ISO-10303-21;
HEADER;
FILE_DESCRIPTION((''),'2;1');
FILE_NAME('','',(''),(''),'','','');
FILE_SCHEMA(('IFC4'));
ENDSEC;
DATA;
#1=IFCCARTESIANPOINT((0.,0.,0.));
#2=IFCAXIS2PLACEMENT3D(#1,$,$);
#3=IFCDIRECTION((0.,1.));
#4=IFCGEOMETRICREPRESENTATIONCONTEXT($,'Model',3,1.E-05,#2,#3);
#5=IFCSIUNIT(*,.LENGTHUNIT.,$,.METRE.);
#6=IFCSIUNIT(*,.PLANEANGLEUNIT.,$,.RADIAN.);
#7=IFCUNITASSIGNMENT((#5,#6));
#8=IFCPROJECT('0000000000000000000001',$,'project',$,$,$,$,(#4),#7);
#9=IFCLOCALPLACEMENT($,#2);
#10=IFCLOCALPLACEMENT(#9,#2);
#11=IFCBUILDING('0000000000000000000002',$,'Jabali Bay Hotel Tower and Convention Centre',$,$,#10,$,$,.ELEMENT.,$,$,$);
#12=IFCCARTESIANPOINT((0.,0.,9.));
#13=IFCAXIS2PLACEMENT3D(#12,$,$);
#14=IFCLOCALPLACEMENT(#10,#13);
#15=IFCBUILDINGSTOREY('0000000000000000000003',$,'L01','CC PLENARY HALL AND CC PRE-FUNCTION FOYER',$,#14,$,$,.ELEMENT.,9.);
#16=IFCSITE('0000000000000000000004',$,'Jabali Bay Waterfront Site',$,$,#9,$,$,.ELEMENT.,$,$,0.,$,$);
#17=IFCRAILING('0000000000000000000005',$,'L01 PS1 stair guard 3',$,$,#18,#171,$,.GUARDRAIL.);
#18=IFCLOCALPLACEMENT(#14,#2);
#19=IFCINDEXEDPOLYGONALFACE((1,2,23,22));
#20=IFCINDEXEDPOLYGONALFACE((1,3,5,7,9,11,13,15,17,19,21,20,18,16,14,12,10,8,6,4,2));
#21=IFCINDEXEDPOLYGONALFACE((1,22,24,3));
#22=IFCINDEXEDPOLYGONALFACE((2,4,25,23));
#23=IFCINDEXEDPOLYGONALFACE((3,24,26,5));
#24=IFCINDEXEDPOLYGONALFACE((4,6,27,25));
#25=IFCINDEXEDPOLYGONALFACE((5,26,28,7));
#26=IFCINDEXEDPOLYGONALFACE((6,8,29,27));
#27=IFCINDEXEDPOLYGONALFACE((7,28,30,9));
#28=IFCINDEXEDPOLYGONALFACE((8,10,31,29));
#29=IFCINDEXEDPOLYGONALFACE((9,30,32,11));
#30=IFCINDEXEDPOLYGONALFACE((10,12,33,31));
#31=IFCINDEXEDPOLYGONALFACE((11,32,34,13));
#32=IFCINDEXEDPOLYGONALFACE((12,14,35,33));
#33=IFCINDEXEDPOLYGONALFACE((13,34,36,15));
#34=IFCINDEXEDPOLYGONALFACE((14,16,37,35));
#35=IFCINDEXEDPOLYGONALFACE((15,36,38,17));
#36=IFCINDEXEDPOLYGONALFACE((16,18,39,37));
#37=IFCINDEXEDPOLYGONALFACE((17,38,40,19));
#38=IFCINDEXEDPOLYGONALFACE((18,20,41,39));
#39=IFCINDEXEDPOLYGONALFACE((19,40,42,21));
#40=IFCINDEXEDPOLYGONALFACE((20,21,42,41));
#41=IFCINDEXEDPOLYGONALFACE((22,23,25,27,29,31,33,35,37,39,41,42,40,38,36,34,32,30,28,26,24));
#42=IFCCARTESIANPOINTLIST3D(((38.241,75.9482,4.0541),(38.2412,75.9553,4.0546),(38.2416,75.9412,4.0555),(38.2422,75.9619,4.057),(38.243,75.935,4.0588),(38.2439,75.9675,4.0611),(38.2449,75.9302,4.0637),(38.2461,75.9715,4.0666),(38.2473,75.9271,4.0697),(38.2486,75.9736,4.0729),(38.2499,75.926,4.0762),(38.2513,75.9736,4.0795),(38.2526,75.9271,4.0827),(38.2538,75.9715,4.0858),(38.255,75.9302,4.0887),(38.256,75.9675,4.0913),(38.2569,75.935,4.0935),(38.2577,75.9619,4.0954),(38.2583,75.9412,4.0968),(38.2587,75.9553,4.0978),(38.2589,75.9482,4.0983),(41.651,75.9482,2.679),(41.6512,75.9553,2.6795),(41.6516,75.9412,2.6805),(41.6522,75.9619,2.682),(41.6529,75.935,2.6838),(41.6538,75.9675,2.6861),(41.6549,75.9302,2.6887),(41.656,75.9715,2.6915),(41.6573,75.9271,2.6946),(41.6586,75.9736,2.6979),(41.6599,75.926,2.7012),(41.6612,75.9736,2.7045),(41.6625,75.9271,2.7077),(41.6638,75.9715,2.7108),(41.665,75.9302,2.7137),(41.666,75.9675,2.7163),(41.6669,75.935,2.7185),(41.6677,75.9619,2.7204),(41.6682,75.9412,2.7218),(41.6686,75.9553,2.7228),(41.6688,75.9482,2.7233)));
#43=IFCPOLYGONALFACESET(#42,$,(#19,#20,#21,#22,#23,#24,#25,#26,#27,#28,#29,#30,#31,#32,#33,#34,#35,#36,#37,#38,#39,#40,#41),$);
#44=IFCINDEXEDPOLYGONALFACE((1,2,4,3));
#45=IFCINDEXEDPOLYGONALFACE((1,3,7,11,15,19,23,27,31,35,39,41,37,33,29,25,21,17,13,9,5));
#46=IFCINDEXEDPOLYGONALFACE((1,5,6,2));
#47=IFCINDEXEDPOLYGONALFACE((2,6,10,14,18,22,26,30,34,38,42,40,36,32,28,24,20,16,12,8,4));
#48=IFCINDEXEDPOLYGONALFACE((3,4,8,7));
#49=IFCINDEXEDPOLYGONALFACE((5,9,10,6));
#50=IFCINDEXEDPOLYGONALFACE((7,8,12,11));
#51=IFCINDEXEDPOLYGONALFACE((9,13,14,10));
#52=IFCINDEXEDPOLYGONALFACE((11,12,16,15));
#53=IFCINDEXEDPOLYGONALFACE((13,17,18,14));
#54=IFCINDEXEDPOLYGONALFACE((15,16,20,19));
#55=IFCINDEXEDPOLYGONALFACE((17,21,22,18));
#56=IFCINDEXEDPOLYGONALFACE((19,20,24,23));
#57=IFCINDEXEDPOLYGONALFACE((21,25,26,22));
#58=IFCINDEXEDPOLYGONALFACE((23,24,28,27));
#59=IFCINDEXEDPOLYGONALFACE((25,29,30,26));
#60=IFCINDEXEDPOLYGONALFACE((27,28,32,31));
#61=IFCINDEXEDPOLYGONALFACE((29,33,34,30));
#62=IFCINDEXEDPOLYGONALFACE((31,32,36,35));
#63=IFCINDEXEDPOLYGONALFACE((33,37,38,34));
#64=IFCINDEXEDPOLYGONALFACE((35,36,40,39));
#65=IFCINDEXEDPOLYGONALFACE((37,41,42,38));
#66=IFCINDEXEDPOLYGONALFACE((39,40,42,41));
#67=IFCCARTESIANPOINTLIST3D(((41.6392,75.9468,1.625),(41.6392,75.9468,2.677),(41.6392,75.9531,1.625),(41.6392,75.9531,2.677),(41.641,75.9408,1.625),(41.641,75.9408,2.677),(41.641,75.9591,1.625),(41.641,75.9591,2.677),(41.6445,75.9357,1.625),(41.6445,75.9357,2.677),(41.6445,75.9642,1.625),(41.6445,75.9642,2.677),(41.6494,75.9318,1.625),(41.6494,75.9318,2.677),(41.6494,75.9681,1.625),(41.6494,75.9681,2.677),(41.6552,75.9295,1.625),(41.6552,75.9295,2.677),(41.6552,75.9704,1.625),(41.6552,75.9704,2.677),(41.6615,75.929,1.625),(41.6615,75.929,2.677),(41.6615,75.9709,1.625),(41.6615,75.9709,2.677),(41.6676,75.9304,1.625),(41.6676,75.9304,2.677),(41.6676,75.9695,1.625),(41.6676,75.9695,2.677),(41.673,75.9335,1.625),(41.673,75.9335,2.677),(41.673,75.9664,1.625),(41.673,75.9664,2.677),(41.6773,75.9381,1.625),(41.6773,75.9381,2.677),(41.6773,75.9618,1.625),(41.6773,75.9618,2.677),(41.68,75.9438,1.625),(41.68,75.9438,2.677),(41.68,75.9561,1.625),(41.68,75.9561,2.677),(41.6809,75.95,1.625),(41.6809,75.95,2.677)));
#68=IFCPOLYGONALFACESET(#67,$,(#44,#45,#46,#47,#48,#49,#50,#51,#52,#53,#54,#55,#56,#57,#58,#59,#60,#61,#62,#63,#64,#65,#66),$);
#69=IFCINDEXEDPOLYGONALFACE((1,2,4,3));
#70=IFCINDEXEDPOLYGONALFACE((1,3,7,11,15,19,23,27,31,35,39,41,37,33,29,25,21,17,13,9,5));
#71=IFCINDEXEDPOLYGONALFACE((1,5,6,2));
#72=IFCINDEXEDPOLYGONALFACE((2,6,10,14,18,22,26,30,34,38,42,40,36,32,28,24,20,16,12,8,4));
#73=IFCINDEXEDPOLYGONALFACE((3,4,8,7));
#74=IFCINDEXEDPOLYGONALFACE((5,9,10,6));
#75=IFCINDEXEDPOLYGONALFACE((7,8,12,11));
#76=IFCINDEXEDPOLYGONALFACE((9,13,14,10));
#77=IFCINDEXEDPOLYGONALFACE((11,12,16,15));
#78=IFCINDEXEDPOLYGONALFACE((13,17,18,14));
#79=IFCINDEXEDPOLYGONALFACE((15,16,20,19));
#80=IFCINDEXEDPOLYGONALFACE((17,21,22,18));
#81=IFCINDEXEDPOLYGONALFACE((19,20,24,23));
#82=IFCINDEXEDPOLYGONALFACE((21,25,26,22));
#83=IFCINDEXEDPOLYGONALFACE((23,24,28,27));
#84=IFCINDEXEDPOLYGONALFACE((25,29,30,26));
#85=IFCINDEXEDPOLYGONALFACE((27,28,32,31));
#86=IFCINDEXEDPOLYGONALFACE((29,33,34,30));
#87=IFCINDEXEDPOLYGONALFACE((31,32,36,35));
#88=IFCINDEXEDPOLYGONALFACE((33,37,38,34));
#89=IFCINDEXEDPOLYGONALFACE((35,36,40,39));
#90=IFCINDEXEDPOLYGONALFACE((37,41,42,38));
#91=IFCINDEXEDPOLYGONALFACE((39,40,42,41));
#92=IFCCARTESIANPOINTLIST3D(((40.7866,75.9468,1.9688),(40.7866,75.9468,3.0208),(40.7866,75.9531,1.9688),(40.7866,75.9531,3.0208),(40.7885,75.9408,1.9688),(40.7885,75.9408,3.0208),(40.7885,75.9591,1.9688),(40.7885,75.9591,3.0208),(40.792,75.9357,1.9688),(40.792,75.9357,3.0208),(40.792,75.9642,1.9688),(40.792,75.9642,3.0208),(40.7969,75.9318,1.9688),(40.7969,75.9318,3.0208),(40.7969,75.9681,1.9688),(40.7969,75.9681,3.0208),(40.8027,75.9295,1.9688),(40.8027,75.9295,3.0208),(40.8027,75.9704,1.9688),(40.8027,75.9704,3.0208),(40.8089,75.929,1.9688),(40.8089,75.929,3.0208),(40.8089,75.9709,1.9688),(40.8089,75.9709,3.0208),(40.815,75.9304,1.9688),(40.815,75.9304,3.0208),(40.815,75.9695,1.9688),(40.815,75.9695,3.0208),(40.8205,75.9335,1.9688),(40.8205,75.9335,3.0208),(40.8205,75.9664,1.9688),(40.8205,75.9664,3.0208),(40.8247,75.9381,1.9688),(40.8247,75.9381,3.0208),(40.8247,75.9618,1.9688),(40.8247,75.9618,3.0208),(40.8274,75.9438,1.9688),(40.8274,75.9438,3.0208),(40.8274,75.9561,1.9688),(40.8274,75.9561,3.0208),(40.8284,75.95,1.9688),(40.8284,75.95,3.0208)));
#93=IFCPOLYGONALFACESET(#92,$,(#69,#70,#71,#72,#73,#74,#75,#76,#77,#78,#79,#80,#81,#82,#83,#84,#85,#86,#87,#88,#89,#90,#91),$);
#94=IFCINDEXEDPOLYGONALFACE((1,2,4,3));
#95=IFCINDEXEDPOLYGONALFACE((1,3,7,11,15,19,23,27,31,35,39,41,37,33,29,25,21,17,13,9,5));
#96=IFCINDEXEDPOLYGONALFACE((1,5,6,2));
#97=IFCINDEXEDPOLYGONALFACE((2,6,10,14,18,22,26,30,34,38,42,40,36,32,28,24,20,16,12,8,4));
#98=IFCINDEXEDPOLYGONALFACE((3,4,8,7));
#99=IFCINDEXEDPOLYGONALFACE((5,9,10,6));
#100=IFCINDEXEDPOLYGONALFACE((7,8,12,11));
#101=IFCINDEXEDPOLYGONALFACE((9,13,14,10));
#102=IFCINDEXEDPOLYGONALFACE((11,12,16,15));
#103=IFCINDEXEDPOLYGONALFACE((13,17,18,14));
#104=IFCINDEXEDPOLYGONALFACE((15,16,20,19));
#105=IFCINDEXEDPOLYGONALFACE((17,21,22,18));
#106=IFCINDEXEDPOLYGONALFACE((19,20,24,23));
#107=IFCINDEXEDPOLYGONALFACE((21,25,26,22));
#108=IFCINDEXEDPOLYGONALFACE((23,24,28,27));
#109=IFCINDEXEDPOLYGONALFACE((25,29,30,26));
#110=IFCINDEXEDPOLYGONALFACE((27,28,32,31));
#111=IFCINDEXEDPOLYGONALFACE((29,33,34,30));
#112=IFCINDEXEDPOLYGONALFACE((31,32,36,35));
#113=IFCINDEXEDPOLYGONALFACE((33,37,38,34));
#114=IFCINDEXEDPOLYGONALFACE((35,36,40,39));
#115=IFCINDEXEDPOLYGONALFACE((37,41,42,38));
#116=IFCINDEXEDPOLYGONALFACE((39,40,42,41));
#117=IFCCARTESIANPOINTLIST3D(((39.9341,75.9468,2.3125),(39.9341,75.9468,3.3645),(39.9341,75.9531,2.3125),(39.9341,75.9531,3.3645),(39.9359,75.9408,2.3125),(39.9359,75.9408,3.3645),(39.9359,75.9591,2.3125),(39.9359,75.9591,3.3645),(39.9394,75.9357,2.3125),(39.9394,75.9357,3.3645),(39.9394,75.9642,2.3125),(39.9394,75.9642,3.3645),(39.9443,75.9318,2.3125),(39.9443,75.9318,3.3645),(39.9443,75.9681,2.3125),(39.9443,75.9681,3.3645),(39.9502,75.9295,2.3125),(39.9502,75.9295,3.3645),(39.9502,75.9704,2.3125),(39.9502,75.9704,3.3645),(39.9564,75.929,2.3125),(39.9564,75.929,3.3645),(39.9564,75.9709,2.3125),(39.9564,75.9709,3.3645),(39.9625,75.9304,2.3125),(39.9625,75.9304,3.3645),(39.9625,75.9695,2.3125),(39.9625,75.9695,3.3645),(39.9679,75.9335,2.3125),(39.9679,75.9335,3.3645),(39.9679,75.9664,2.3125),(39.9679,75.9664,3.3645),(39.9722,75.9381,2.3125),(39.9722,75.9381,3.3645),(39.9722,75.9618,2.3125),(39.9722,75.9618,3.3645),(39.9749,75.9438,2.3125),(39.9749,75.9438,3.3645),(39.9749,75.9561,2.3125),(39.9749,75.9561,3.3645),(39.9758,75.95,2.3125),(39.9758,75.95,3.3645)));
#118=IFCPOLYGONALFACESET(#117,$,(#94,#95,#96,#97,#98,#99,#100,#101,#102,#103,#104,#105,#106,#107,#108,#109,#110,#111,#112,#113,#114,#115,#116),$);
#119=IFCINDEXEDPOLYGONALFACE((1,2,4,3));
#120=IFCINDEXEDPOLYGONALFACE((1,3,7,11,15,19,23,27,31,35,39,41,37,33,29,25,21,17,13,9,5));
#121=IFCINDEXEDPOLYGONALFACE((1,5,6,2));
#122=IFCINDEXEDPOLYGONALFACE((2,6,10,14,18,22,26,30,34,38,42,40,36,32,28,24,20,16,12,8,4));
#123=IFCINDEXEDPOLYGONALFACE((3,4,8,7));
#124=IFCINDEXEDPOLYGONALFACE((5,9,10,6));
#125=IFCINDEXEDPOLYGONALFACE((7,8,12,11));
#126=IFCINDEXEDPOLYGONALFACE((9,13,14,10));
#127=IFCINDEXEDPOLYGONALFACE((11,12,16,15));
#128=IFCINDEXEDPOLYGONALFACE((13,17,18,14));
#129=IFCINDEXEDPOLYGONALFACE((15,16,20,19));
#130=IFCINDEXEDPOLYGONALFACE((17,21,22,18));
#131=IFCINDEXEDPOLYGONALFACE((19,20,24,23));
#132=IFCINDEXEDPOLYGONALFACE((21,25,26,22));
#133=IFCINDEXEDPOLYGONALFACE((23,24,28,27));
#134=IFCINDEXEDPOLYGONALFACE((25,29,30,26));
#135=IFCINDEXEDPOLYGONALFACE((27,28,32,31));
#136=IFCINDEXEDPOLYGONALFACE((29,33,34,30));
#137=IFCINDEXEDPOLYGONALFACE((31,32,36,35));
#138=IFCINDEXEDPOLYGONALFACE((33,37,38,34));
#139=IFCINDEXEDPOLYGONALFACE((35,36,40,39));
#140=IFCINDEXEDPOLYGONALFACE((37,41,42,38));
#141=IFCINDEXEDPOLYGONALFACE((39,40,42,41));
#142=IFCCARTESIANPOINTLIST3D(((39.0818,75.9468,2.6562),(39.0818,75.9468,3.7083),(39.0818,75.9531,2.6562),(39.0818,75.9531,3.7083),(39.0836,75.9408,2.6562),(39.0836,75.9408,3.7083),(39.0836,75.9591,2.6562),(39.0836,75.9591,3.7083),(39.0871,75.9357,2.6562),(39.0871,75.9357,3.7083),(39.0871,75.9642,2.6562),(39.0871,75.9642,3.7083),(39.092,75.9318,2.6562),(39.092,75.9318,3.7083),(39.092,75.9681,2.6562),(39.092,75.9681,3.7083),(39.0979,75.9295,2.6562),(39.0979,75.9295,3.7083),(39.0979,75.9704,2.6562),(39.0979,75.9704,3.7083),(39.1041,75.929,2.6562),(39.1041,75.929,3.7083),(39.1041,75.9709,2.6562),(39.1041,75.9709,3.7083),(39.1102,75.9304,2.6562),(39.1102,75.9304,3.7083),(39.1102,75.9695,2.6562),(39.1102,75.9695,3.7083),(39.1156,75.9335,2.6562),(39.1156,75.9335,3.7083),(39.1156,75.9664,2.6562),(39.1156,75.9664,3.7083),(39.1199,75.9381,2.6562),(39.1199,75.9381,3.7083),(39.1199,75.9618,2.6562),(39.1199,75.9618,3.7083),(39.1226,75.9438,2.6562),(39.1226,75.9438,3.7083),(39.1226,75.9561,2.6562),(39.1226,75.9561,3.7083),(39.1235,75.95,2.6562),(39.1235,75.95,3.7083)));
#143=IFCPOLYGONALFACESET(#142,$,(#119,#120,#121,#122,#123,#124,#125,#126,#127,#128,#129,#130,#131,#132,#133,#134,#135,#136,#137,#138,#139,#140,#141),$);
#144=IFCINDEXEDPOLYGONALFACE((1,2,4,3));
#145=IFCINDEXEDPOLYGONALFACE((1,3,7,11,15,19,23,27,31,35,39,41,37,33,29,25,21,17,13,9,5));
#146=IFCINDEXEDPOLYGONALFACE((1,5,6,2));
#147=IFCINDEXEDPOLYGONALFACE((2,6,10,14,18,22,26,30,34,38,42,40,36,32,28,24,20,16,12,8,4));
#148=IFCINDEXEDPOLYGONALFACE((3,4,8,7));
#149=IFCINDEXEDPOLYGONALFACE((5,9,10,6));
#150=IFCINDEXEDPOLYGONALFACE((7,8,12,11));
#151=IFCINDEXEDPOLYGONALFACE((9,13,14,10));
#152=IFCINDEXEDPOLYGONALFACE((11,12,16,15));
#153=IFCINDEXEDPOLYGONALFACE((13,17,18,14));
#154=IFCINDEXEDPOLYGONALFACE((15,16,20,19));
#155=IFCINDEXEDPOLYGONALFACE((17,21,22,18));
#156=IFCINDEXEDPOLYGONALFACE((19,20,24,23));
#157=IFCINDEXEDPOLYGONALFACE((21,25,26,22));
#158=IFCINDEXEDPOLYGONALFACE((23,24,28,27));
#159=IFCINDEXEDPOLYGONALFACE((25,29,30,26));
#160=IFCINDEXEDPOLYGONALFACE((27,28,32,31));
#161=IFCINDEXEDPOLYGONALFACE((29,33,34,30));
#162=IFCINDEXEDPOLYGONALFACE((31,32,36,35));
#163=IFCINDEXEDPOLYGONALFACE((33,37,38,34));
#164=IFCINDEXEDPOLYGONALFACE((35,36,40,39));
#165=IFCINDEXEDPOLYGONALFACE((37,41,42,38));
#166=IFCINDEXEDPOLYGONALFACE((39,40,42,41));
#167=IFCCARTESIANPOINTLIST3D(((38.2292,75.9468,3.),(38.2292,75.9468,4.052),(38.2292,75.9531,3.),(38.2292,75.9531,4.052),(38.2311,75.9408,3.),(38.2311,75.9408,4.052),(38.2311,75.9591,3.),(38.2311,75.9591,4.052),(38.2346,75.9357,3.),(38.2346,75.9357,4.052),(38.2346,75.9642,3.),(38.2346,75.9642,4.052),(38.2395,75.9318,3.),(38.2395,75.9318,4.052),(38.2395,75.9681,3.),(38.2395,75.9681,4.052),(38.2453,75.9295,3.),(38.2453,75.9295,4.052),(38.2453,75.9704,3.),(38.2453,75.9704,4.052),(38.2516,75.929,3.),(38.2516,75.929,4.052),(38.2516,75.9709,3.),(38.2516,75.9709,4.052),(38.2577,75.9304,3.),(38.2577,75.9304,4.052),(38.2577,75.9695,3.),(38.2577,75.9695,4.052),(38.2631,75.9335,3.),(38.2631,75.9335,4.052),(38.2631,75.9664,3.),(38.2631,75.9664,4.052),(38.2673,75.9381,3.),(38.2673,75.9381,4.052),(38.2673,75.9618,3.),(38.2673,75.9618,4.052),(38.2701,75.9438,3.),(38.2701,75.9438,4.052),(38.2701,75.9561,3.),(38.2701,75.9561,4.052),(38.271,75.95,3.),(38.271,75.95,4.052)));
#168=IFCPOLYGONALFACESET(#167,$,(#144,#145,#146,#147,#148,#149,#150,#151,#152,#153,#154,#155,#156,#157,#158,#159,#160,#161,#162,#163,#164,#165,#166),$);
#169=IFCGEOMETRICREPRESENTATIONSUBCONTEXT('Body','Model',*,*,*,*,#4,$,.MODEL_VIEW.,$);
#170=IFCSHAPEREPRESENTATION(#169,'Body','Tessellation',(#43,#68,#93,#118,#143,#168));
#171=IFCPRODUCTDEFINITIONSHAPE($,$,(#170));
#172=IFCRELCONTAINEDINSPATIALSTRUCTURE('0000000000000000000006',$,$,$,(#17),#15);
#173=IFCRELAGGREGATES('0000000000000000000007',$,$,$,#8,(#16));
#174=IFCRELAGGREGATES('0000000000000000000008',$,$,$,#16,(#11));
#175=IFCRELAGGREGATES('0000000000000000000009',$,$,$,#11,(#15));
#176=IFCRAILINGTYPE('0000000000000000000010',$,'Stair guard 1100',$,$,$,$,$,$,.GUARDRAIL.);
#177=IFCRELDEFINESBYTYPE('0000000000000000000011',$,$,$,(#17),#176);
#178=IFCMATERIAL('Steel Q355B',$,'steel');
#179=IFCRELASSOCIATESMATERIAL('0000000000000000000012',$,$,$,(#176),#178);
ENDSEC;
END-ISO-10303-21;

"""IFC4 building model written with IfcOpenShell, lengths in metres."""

from ifc_helpers import new_model, si_unit, direction, frame, origin, origin_2d, place, context, subcontext, project, spatial, circle, extrude, material, type_object, element, save


model = new_model("IFC4")

# Units and contexts
model_context = context("Model", 3, precision=1e-05, world=origin(), true_north=direction((0.0, 1.0)))
body_context = subcontext(model_context, "Body", "Model", "MODEL_VIEW")
ifc_project = project(units=[si_unit("LENGTHUNIT", "METRE"), si_unit("PLANEANGLEUNIT", "RADIAN")], contexts=[model_context])

# Site, building, storey
site_placement = place(None, origin())
site = spatial("IfcSite", under=ifc_project, at=site_placement, Name="Jabali Bay Waterfront Site", CompositionType="ELEMENT", RefElevation=0.0)
building_placement = place(site_placement, origin())
building = spatial("IfcBuilding", under=site, at=building_placement, Name="Jabali Bay Hotel Tower and Convention Centre", CompositionType="ELEMENT")
storey_placement = place(building_placement, frame((0.0, 0.0, 9.0)))
storey = spatial("IfcBuildingStorey", under=building, at=storey_placement, Name="L01", Description="CC PLENARY HALL AND CC PRE-FUNCTION FOYER", CompositionType="ELEMENT", Elevation=9.0)

# Railing
ifc_material_1 = material(Name="Steel Q355B", Category="steel")
railing_type_1 = type_object("IfcRailingType", Name="Stair guard 1100", PredefinedType="GUARDRAIL", material=ifc_material_1)
railing_1_placement = place(storey_placement, frame((41.6599, 75.95, 1.625)))
element("IfcRailing", 1, at=railing_1_placement, inside=storey, type_object=railing_type_1, Name="L01 PS1 stair guard 3", PredefinedType="GUARDRAIL", context=body_context, shape_type="SweptSolid", body=[
    extrude(circle(Radius=0.0239, at=origin_2d()), frame((0.0, 0.0, 1.0762), z_axis=(-0.927438, 0.0, 0.373977), x_axis=(0.0, -1.0, 0.0)), (0.0, 0.0, 1.0), 3.6768),
    extrude(circle(Radius=0.021, at=origin_2d()), origin(), (0.0, 0.0, 1.0), 1.052),
    extrude(circle(Radius=0.021, at=origin_2d()), frame((-0.8525, 0.0, 0.3438)), (0.0, 0.0, 1.0), 1.052),
    extrude(circle(Radius=0.021, at=origin_2d()), frame((-1.7051, 0.0, 0.6875)), (0.0, 0.0, 1.0), 1.052),
    extrude(circle(Radius=0.021, at=origin_2d()), frame((-2.5574, 0.0, 1.0312)), (0.0, 0.0, 1.0), 1.052),
    extrude(circle(Radius=0.021, at=origin_2d()), frame((-3.4099, 0.0, 1.375)), (0.0, 0.0, 1.0), 1.052),
])

save(model, "model.ifc")
